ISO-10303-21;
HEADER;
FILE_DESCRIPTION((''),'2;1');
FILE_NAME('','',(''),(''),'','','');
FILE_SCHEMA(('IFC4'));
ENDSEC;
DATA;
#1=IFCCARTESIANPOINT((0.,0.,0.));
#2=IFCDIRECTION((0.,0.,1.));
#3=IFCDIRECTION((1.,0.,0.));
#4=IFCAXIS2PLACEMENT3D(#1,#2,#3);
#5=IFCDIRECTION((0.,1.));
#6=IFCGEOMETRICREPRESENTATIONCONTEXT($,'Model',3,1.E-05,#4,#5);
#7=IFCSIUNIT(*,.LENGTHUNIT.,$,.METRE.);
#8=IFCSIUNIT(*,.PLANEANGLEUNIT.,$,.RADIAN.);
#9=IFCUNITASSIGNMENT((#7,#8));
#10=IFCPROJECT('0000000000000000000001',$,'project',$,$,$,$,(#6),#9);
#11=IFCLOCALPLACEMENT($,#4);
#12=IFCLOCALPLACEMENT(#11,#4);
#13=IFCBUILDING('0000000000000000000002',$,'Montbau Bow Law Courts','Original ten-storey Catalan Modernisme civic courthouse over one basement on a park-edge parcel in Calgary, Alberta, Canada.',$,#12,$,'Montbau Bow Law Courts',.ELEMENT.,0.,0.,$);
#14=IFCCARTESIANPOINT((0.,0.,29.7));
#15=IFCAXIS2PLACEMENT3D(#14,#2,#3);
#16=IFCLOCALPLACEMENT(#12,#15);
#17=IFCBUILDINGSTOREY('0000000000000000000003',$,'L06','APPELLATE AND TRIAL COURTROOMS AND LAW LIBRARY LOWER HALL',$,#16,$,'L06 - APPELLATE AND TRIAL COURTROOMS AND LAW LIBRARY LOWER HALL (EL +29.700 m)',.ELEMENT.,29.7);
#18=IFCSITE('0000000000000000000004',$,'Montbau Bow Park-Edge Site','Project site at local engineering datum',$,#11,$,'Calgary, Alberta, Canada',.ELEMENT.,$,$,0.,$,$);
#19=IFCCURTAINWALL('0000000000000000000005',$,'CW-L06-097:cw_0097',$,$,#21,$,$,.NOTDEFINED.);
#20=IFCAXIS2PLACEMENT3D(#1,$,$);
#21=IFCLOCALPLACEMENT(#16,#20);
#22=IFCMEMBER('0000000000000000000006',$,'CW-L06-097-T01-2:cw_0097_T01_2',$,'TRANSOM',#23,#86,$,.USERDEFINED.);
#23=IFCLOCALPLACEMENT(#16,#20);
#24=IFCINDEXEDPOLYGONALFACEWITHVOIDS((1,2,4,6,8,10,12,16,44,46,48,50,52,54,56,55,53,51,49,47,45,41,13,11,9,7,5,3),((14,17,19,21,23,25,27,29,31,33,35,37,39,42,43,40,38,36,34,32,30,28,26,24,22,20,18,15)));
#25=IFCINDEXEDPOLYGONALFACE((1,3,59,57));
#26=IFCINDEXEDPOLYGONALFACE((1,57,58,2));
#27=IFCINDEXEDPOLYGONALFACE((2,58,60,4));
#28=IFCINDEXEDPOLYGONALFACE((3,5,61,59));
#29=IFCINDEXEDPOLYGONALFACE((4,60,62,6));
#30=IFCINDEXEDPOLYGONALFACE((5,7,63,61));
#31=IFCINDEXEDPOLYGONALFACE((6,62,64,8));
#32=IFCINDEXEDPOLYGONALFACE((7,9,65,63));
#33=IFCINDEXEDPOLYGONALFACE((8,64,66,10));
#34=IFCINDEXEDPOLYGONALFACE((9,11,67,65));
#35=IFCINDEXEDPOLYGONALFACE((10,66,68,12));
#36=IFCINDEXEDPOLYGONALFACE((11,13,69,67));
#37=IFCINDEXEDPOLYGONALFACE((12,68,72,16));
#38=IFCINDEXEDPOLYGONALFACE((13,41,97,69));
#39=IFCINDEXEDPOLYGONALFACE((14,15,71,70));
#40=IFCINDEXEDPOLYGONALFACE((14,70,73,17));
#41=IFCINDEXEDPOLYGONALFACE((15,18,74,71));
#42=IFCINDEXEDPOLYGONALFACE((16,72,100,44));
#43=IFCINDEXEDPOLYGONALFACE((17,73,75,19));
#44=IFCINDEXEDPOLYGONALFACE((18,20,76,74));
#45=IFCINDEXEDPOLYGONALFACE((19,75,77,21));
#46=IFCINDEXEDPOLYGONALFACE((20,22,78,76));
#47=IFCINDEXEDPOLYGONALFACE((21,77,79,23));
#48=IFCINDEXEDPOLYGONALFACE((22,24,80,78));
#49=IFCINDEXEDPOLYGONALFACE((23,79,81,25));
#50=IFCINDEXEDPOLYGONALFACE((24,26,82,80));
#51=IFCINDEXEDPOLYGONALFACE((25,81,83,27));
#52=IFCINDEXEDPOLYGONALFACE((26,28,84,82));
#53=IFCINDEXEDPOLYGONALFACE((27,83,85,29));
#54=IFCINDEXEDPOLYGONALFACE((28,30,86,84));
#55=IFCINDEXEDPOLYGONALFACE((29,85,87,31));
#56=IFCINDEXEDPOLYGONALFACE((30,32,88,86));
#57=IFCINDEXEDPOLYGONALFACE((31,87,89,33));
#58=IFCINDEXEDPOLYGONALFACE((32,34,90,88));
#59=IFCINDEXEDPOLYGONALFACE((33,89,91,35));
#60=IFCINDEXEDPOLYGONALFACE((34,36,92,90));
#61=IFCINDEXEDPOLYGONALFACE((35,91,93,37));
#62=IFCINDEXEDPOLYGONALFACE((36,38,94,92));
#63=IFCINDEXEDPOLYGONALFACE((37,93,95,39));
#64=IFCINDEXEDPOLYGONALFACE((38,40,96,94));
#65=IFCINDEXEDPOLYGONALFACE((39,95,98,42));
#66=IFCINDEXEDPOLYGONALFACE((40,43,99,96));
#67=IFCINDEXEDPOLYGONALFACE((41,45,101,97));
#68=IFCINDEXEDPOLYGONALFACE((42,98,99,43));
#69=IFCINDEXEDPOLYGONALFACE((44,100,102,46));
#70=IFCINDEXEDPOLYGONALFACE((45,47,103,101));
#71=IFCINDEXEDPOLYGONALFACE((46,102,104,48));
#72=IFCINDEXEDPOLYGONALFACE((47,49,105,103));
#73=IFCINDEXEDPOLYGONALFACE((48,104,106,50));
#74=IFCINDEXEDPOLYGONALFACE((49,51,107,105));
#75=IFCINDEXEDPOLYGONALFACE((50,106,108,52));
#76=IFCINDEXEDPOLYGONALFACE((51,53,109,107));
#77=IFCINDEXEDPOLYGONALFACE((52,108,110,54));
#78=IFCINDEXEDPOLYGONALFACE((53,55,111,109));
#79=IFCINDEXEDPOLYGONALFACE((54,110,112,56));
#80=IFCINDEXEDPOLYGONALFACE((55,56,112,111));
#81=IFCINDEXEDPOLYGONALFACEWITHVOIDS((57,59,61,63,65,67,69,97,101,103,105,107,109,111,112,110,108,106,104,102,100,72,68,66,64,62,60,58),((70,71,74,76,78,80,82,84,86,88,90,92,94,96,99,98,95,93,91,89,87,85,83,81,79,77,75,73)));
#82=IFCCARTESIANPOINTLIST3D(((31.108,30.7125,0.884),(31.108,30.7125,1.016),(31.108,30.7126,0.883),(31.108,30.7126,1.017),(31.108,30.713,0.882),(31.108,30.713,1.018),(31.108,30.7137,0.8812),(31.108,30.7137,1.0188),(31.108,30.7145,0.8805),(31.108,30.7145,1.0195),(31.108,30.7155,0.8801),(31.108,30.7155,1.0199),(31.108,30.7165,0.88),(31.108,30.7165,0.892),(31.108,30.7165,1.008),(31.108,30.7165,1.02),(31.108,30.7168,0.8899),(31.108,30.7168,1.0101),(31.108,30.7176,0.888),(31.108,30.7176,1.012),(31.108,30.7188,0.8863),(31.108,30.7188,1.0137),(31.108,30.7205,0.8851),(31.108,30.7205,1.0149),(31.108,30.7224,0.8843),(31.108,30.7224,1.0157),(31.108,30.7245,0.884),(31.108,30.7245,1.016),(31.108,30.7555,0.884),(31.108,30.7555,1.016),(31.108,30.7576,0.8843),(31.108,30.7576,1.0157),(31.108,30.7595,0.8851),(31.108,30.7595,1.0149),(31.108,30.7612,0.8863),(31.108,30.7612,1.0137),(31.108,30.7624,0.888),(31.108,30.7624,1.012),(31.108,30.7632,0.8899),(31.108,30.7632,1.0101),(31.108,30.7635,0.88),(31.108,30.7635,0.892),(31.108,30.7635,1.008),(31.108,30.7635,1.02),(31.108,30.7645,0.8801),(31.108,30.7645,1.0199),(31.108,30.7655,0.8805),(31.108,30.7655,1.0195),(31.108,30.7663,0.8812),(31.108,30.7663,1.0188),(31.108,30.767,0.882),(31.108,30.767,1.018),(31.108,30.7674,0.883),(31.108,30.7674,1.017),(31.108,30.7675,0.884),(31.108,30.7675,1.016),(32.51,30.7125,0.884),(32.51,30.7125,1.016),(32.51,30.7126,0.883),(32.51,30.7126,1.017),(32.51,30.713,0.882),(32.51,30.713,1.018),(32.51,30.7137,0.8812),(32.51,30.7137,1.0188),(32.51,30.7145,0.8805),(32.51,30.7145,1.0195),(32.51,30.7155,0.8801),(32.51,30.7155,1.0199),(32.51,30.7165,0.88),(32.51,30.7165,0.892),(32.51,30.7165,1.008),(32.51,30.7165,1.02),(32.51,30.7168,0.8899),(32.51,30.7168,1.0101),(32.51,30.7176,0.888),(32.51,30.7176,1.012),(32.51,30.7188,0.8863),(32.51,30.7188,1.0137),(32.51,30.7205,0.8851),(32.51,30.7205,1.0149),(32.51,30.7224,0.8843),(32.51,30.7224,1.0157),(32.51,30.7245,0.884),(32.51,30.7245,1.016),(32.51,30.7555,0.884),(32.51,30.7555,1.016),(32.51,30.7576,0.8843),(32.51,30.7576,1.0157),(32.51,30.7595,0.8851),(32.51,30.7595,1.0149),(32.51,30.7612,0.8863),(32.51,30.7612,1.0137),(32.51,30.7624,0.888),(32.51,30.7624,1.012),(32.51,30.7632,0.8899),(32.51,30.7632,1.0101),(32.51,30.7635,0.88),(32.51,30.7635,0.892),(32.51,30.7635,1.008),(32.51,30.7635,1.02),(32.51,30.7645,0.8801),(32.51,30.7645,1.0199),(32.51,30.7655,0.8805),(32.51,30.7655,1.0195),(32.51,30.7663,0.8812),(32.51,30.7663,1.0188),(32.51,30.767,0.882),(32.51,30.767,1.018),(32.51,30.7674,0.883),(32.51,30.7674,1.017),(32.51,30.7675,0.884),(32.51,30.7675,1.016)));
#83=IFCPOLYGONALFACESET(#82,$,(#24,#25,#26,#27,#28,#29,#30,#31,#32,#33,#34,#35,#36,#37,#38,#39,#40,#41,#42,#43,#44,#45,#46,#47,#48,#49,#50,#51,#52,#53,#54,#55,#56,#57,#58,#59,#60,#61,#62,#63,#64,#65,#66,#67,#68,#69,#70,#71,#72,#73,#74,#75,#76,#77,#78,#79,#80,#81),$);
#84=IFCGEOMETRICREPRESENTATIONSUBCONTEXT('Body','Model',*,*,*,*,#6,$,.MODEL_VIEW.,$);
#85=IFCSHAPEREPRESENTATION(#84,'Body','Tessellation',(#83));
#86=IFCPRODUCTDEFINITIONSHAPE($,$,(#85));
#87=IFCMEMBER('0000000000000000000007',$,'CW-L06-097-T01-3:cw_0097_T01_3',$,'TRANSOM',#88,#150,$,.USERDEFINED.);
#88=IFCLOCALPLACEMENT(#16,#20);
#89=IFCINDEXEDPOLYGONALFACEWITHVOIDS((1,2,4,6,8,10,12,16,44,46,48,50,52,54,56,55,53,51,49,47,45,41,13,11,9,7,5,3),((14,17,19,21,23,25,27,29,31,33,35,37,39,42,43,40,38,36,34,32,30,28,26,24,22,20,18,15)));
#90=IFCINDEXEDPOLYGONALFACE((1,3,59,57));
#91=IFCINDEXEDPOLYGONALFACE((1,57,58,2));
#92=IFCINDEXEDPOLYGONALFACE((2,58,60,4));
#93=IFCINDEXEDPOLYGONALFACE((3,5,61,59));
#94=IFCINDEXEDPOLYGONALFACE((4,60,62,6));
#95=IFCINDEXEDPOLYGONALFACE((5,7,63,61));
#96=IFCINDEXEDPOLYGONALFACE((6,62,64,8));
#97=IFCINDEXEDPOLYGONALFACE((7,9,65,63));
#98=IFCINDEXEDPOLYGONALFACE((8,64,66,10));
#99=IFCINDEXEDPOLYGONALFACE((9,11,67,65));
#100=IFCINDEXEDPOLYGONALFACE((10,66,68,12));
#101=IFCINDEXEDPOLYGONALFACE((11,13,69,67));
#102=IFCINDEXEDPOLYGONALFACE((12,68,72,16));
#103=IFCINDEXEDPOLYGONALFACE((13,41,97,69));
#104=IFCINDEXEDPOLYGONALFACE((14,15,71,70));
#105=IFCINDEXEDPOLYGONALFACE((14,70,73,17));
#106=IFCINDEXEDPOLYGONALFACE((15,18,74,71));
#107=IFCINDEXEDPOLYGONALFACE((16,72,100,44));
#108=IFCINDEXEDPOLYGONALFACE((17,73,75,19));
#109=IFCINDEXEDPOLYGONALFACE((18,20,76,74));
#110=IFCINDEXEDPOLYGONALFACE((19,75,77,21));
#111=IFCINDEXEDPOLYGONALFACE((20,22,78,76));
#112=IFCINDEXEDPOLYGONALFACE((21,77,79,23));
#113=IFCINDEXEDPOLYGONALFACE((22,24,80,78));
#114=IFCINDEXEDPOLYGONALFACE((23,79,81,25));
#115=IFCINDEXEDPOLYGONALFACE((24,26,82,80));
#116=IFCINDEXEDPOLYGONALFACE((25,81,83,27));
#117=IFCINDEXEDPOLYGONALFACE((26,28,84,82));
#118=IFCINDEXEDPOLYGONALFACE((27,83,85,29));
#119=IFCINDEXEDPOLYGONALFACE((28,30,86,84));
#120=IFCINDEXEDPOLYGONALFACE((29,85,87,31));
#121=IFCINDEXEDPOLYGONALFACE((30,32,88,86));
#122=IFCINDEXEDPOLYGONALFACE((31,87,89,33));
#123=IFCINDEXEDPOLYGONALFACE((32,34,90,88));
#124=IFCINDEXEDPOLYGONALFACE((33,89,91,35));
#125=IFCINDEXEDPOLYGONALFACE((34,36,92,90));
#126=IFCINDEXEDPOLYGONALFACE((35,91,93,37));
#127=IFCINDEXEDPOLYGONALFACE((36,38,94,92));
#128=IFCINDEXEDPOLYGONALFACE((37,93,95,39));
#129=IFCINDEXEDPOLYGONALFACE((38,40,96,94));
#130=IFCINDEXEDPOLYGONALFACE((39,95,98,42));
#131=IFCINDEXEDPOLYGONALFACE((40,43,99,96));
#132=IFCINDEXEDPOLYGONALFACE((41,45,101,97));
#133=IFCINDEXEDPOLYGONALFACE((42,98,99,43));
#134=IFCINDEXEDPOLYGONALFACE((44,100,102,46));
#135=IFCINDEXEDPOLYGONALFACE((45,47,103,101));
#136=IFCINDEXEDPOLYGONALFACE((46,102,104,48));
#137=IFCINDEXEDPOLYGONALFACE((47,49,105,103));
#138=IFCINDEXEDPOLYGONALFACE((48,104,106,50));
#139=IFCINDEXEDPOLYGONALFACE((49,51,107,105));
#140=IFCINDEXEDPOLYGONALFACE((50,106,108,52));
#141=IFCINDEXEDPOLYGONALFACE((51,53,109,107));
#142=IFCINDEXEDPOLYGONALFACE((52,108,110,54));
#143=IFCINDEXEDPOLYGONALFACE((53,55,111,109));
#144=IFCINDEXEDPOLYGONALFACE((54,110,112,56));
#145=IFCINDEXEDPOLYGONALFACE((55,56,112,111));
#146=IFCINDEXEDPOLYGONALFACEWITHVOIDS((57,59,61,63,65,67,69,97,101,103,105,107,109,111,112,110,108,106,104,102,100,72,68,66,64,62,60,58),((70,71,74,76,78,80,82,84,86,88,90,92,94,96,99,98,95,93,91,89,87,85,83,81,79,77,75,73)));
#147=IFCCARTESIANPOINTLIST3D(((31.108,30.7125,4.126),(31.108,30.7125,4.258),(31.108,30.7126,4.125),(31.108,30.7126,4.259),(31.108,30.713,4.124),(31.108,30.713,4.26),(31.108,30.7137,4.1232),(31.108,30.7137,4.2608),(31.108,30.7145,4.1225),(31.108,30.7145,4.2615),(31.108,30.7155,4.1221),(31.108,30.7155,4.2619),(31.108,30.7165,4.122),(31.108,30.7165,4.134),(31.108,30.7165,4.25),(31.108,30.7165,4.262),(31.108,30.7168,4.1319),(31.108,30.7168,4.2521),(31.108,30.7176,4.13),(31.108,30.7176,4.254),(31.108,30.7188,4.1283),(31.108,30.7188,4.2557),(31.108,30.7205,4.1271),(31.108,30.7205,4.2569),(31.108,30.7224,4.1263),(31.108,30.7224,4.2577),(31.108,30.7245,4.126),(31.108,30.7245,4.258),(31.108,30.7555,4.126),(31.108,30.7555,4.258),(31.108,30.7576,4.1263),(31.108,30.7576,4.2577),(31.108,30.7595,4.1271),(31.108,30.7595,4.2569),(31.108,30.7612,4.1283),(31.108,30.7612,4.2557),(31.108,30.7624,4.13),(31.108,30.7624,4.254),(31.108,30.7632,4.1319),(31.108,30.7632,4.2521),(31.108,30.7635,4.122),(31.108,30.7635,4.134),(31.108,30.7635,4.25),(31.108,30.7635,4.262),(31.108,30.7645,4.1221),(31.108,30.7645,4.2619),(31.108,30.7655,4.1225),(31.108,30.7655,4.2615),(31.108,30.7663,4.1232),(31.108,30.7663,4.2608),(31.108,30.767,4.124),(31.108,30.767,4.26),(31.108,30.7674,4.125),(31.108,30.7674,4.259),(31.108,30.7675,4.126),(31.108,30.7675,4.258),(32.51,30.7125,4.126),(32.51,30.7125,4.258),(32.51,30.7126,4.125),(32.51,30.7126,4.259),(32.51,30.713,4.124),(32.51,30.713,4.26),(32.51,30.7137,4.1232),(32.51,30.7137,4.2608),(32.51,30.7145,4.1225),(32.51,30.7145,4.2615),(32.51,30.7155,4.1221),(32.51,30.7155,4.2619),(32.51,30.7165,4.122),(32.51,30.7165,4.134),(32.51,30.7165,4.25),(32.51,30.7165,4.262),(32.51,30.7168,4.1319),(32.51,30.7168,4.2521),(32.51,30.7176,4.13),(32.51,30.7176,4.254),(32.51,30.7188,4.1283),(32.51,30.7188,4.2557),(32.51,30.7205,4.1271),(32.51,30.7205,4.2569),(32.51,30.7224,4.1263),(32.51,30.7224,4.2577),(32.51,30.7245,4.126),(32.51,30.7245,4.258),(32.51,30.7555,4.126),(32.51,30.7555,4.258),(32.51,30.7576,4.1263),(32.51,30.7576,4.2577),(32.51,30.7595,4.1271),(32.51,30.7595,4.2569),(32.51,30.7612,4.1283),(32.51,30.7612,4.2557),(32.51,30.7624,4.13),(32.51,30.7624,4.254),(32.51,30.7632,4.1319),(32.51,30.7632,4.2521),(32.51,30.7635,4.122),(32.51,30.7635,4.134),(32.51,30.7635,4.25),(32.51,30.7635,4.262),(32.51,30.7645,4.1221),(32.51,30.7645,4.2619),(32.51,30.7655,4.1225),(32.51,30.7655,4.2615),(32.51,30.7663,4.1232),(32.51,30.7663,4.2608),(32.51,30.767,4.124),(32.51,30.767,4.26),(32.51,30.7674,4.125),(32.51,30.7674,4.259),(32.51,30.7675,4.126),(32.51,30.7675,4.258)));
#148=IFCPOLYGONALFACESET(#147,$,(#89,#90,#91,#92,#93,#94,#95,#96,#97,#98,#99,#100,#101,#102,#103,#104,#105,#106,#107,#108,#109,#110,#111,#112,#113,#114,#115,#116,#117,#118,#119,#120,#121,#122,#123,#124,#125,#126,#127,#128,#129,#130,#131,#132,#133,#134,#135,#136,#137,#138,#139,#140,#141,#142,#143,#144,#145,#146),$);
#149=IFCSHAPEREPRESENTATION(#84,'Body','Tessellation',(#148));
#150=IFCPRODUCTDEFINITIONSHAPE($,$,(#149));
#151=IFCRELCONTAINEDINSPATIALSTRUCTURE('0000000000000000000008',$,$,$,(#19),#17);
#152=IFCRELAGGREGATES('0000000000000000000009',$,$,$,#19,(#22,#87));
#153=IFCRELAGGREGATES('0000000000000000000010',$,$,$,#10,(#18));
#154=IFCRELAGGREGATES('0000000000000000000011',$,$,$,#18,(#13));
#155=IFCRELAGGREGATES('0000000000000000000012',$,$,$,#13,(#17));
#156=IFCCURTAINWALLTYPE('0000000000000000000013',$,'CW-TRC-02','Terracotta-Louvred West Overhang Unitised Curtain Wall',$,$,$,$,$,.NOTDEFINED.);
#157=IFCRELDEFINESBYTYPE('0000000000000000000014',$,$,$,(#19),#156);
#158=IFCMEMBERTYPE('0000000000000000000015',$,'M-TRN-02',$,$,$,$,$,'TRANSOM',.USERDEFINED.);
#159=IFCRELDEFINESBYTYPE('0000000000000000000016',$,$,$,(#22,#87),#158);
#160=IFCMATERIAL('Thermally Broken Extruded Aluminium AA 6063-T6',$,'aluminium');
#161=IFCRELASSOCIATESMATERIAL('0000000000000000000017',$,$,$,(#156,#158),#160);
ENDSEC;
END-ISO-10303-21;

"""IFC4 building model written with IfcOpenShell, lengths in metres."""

from ifc_helpers import new_model, si_unit, direction, frame, origin_with_axes, origin_2d_with_axis, place, context, subcontext, project, spatial, hollow_rectangle, extrude, material, material_profile, profile_set, type_object, element, aggregate, save


model = new_model("IFC4")

# Units and contexts
model_context = context("Model", 3, precision=1e-05, world=origin_with_axes(), true_north=direction((0.0, 1.0)))
body_context = subcontext(model_context, "Body", "Model", "MODEL_VIEW")
ifc_project = project(units=[si_unit("LENGTHUNIT", "METRE"), si_unit("PLANEANGLEUNIT", "RADIAN")], contexts=[model_context])

# Site, building, storey
site_placement = place(None, origin_with_axes())
site = spatial("IfcSite", under=ifc_project, at=site_placement, Name="Montbau Bow Park-Edge Site", Description="Project site at local engineering datum", LongName="Calgary, Alberta, Canada", CompositionType="ELEMENT", RefElevation=0.0)
building_placement = place(site_placement, origin_with_axes())
building = spatial("IfcBuilding", under=site, at=building_placement, Name="Montbau Bow Law Courts", Description="Original ten-storey Catalan Modernisme civic courthouse over one basement on a park-edge parcel in Calgary, Alberta, Canada.", LongName="Montbau Bow Law Courts", CompositionType="ELEMENT", ElevationOfRefHeight=0.0, ElevationOfTerrain=0.0)
storey_placement = place(building_placement, frame((0.0, 0.0, 29.7), z_axis=(0.0, 0.0, 1.0), x_axis=(1.0, 0.0, 0.0)))
storey = spatial("IfcBuildingStorey", under=building, at=storey_placement, Name="L06", Description="APPELLATE AND TRIAL COURTROOMS AND LAW LIBRARY LOWER HALL", LongName="L06 - APPELLATE AND TRIAL COURTROOMS AND LAW LIBRARY LOWER HALL (EL +29.700 m)", CompositionType="ELEMENT", Elevation=29.7)

# Curtain wall
ifc_material_1 = material(Name="Thermally Broken Extruded Aluminium AA 6063-T6", Category="aluminium")
curtain_wall_type = type_object("IfcCurtainWallType", Name="CW-TRC-02", Description="Terracotta-Louvred West Overhang Unitised Curtain Wall", PredefinedType="NOTDEFINED", material=ifc_material_1)
curtain_wall_1_placement = place(None, frame((31.04, 30.74, 29.7), z_axis=(0.0, 0.0, 1.0), x_axis=(1.0, 0.0, 0.0)))
curtain_wall_1 = element("IfcCurtainWall", 1, at=curtain_wall_1_placement, inside=storey, type_object=curtain_wall_type, Name="CW-L06-097:cw_0097", PredefinedType="NOTDEFINED")

# Members
ifc_material_profile_1 = material_profile(ifc_material_1, hollow_rectangle(XDim=0.055, YDim=0.14, WallThickness=0.004, InnerFilletRadius=0.008, OuterFilletRadius=0.004, at=origin_2d_with_axis()), Name="CWT-140X55", Category="Main", Priority=0)
ifc_profile_set_1 = profile_set([ifc_material_profile_1], Name="Thermally Broken Extruded Aluminium AA 6063-T6")
member_type_1 = type_object("IfcMemberType", Name="M-TRN-02", ElementType="TRANSOM", PredefinedType="USERDEFINED", material=ifc_profile_set_1)
member_1_placement = place(None, frame((31.108, 30.74, 30.65), z_axis=(1.0, 0.0, 0.0), x_axis=(0.0, 1.0, 0.0)))
member_1 = element("IfcMember", 2, at=member_1_placement, type_object=member_type_1, Name="CW-L06-097-T01-2:cw_0097_T01_2", ObjectType="TRANSOM", PredefinedType="USERDEFINED", context=body_context, shape_type="SweptSolid", body=[
    extrude(hollow_rectangle(XDim=0.055, YDim=0.14, WallThickness=0.004, InnerFilletRadius=0.008, OuterFilletRadius=0.004, at=origin_2d_with_axis()), origin_with_axes(), (0.0, 0.0, 1.0), 1.402),
])
member_2_placement = place(None, frame((31.108, 30.74, 33.892), z_axis=(1.0, 0.0, 0.0), x_axis=(0.0, 1.0, 0.0)))
member_2 = element("IfcMember", 3, at=member_2_placement, type_object=member_type_1, Name="CW-L06-097-T01-3:cw_0097_T01_3", ObjectType="TRANSOM", PredefinedType="USERDEFINED", context=body_context, shape_type="SweptSolid", body=[
    extrude(hollow_rectangle(XDim=0.055, YDim=0.14, WallThickness=0.004, InnerFilletRadius=0.008, OuterFilletRadius=0.004, at=origin_2d_with_axis()), origin_with_axes(), (0.0, 0.0, 1.0), 1.402),
])

aggregate(curtain_wall_1, [member_1, member_2])

save(model, "model.ifc")
